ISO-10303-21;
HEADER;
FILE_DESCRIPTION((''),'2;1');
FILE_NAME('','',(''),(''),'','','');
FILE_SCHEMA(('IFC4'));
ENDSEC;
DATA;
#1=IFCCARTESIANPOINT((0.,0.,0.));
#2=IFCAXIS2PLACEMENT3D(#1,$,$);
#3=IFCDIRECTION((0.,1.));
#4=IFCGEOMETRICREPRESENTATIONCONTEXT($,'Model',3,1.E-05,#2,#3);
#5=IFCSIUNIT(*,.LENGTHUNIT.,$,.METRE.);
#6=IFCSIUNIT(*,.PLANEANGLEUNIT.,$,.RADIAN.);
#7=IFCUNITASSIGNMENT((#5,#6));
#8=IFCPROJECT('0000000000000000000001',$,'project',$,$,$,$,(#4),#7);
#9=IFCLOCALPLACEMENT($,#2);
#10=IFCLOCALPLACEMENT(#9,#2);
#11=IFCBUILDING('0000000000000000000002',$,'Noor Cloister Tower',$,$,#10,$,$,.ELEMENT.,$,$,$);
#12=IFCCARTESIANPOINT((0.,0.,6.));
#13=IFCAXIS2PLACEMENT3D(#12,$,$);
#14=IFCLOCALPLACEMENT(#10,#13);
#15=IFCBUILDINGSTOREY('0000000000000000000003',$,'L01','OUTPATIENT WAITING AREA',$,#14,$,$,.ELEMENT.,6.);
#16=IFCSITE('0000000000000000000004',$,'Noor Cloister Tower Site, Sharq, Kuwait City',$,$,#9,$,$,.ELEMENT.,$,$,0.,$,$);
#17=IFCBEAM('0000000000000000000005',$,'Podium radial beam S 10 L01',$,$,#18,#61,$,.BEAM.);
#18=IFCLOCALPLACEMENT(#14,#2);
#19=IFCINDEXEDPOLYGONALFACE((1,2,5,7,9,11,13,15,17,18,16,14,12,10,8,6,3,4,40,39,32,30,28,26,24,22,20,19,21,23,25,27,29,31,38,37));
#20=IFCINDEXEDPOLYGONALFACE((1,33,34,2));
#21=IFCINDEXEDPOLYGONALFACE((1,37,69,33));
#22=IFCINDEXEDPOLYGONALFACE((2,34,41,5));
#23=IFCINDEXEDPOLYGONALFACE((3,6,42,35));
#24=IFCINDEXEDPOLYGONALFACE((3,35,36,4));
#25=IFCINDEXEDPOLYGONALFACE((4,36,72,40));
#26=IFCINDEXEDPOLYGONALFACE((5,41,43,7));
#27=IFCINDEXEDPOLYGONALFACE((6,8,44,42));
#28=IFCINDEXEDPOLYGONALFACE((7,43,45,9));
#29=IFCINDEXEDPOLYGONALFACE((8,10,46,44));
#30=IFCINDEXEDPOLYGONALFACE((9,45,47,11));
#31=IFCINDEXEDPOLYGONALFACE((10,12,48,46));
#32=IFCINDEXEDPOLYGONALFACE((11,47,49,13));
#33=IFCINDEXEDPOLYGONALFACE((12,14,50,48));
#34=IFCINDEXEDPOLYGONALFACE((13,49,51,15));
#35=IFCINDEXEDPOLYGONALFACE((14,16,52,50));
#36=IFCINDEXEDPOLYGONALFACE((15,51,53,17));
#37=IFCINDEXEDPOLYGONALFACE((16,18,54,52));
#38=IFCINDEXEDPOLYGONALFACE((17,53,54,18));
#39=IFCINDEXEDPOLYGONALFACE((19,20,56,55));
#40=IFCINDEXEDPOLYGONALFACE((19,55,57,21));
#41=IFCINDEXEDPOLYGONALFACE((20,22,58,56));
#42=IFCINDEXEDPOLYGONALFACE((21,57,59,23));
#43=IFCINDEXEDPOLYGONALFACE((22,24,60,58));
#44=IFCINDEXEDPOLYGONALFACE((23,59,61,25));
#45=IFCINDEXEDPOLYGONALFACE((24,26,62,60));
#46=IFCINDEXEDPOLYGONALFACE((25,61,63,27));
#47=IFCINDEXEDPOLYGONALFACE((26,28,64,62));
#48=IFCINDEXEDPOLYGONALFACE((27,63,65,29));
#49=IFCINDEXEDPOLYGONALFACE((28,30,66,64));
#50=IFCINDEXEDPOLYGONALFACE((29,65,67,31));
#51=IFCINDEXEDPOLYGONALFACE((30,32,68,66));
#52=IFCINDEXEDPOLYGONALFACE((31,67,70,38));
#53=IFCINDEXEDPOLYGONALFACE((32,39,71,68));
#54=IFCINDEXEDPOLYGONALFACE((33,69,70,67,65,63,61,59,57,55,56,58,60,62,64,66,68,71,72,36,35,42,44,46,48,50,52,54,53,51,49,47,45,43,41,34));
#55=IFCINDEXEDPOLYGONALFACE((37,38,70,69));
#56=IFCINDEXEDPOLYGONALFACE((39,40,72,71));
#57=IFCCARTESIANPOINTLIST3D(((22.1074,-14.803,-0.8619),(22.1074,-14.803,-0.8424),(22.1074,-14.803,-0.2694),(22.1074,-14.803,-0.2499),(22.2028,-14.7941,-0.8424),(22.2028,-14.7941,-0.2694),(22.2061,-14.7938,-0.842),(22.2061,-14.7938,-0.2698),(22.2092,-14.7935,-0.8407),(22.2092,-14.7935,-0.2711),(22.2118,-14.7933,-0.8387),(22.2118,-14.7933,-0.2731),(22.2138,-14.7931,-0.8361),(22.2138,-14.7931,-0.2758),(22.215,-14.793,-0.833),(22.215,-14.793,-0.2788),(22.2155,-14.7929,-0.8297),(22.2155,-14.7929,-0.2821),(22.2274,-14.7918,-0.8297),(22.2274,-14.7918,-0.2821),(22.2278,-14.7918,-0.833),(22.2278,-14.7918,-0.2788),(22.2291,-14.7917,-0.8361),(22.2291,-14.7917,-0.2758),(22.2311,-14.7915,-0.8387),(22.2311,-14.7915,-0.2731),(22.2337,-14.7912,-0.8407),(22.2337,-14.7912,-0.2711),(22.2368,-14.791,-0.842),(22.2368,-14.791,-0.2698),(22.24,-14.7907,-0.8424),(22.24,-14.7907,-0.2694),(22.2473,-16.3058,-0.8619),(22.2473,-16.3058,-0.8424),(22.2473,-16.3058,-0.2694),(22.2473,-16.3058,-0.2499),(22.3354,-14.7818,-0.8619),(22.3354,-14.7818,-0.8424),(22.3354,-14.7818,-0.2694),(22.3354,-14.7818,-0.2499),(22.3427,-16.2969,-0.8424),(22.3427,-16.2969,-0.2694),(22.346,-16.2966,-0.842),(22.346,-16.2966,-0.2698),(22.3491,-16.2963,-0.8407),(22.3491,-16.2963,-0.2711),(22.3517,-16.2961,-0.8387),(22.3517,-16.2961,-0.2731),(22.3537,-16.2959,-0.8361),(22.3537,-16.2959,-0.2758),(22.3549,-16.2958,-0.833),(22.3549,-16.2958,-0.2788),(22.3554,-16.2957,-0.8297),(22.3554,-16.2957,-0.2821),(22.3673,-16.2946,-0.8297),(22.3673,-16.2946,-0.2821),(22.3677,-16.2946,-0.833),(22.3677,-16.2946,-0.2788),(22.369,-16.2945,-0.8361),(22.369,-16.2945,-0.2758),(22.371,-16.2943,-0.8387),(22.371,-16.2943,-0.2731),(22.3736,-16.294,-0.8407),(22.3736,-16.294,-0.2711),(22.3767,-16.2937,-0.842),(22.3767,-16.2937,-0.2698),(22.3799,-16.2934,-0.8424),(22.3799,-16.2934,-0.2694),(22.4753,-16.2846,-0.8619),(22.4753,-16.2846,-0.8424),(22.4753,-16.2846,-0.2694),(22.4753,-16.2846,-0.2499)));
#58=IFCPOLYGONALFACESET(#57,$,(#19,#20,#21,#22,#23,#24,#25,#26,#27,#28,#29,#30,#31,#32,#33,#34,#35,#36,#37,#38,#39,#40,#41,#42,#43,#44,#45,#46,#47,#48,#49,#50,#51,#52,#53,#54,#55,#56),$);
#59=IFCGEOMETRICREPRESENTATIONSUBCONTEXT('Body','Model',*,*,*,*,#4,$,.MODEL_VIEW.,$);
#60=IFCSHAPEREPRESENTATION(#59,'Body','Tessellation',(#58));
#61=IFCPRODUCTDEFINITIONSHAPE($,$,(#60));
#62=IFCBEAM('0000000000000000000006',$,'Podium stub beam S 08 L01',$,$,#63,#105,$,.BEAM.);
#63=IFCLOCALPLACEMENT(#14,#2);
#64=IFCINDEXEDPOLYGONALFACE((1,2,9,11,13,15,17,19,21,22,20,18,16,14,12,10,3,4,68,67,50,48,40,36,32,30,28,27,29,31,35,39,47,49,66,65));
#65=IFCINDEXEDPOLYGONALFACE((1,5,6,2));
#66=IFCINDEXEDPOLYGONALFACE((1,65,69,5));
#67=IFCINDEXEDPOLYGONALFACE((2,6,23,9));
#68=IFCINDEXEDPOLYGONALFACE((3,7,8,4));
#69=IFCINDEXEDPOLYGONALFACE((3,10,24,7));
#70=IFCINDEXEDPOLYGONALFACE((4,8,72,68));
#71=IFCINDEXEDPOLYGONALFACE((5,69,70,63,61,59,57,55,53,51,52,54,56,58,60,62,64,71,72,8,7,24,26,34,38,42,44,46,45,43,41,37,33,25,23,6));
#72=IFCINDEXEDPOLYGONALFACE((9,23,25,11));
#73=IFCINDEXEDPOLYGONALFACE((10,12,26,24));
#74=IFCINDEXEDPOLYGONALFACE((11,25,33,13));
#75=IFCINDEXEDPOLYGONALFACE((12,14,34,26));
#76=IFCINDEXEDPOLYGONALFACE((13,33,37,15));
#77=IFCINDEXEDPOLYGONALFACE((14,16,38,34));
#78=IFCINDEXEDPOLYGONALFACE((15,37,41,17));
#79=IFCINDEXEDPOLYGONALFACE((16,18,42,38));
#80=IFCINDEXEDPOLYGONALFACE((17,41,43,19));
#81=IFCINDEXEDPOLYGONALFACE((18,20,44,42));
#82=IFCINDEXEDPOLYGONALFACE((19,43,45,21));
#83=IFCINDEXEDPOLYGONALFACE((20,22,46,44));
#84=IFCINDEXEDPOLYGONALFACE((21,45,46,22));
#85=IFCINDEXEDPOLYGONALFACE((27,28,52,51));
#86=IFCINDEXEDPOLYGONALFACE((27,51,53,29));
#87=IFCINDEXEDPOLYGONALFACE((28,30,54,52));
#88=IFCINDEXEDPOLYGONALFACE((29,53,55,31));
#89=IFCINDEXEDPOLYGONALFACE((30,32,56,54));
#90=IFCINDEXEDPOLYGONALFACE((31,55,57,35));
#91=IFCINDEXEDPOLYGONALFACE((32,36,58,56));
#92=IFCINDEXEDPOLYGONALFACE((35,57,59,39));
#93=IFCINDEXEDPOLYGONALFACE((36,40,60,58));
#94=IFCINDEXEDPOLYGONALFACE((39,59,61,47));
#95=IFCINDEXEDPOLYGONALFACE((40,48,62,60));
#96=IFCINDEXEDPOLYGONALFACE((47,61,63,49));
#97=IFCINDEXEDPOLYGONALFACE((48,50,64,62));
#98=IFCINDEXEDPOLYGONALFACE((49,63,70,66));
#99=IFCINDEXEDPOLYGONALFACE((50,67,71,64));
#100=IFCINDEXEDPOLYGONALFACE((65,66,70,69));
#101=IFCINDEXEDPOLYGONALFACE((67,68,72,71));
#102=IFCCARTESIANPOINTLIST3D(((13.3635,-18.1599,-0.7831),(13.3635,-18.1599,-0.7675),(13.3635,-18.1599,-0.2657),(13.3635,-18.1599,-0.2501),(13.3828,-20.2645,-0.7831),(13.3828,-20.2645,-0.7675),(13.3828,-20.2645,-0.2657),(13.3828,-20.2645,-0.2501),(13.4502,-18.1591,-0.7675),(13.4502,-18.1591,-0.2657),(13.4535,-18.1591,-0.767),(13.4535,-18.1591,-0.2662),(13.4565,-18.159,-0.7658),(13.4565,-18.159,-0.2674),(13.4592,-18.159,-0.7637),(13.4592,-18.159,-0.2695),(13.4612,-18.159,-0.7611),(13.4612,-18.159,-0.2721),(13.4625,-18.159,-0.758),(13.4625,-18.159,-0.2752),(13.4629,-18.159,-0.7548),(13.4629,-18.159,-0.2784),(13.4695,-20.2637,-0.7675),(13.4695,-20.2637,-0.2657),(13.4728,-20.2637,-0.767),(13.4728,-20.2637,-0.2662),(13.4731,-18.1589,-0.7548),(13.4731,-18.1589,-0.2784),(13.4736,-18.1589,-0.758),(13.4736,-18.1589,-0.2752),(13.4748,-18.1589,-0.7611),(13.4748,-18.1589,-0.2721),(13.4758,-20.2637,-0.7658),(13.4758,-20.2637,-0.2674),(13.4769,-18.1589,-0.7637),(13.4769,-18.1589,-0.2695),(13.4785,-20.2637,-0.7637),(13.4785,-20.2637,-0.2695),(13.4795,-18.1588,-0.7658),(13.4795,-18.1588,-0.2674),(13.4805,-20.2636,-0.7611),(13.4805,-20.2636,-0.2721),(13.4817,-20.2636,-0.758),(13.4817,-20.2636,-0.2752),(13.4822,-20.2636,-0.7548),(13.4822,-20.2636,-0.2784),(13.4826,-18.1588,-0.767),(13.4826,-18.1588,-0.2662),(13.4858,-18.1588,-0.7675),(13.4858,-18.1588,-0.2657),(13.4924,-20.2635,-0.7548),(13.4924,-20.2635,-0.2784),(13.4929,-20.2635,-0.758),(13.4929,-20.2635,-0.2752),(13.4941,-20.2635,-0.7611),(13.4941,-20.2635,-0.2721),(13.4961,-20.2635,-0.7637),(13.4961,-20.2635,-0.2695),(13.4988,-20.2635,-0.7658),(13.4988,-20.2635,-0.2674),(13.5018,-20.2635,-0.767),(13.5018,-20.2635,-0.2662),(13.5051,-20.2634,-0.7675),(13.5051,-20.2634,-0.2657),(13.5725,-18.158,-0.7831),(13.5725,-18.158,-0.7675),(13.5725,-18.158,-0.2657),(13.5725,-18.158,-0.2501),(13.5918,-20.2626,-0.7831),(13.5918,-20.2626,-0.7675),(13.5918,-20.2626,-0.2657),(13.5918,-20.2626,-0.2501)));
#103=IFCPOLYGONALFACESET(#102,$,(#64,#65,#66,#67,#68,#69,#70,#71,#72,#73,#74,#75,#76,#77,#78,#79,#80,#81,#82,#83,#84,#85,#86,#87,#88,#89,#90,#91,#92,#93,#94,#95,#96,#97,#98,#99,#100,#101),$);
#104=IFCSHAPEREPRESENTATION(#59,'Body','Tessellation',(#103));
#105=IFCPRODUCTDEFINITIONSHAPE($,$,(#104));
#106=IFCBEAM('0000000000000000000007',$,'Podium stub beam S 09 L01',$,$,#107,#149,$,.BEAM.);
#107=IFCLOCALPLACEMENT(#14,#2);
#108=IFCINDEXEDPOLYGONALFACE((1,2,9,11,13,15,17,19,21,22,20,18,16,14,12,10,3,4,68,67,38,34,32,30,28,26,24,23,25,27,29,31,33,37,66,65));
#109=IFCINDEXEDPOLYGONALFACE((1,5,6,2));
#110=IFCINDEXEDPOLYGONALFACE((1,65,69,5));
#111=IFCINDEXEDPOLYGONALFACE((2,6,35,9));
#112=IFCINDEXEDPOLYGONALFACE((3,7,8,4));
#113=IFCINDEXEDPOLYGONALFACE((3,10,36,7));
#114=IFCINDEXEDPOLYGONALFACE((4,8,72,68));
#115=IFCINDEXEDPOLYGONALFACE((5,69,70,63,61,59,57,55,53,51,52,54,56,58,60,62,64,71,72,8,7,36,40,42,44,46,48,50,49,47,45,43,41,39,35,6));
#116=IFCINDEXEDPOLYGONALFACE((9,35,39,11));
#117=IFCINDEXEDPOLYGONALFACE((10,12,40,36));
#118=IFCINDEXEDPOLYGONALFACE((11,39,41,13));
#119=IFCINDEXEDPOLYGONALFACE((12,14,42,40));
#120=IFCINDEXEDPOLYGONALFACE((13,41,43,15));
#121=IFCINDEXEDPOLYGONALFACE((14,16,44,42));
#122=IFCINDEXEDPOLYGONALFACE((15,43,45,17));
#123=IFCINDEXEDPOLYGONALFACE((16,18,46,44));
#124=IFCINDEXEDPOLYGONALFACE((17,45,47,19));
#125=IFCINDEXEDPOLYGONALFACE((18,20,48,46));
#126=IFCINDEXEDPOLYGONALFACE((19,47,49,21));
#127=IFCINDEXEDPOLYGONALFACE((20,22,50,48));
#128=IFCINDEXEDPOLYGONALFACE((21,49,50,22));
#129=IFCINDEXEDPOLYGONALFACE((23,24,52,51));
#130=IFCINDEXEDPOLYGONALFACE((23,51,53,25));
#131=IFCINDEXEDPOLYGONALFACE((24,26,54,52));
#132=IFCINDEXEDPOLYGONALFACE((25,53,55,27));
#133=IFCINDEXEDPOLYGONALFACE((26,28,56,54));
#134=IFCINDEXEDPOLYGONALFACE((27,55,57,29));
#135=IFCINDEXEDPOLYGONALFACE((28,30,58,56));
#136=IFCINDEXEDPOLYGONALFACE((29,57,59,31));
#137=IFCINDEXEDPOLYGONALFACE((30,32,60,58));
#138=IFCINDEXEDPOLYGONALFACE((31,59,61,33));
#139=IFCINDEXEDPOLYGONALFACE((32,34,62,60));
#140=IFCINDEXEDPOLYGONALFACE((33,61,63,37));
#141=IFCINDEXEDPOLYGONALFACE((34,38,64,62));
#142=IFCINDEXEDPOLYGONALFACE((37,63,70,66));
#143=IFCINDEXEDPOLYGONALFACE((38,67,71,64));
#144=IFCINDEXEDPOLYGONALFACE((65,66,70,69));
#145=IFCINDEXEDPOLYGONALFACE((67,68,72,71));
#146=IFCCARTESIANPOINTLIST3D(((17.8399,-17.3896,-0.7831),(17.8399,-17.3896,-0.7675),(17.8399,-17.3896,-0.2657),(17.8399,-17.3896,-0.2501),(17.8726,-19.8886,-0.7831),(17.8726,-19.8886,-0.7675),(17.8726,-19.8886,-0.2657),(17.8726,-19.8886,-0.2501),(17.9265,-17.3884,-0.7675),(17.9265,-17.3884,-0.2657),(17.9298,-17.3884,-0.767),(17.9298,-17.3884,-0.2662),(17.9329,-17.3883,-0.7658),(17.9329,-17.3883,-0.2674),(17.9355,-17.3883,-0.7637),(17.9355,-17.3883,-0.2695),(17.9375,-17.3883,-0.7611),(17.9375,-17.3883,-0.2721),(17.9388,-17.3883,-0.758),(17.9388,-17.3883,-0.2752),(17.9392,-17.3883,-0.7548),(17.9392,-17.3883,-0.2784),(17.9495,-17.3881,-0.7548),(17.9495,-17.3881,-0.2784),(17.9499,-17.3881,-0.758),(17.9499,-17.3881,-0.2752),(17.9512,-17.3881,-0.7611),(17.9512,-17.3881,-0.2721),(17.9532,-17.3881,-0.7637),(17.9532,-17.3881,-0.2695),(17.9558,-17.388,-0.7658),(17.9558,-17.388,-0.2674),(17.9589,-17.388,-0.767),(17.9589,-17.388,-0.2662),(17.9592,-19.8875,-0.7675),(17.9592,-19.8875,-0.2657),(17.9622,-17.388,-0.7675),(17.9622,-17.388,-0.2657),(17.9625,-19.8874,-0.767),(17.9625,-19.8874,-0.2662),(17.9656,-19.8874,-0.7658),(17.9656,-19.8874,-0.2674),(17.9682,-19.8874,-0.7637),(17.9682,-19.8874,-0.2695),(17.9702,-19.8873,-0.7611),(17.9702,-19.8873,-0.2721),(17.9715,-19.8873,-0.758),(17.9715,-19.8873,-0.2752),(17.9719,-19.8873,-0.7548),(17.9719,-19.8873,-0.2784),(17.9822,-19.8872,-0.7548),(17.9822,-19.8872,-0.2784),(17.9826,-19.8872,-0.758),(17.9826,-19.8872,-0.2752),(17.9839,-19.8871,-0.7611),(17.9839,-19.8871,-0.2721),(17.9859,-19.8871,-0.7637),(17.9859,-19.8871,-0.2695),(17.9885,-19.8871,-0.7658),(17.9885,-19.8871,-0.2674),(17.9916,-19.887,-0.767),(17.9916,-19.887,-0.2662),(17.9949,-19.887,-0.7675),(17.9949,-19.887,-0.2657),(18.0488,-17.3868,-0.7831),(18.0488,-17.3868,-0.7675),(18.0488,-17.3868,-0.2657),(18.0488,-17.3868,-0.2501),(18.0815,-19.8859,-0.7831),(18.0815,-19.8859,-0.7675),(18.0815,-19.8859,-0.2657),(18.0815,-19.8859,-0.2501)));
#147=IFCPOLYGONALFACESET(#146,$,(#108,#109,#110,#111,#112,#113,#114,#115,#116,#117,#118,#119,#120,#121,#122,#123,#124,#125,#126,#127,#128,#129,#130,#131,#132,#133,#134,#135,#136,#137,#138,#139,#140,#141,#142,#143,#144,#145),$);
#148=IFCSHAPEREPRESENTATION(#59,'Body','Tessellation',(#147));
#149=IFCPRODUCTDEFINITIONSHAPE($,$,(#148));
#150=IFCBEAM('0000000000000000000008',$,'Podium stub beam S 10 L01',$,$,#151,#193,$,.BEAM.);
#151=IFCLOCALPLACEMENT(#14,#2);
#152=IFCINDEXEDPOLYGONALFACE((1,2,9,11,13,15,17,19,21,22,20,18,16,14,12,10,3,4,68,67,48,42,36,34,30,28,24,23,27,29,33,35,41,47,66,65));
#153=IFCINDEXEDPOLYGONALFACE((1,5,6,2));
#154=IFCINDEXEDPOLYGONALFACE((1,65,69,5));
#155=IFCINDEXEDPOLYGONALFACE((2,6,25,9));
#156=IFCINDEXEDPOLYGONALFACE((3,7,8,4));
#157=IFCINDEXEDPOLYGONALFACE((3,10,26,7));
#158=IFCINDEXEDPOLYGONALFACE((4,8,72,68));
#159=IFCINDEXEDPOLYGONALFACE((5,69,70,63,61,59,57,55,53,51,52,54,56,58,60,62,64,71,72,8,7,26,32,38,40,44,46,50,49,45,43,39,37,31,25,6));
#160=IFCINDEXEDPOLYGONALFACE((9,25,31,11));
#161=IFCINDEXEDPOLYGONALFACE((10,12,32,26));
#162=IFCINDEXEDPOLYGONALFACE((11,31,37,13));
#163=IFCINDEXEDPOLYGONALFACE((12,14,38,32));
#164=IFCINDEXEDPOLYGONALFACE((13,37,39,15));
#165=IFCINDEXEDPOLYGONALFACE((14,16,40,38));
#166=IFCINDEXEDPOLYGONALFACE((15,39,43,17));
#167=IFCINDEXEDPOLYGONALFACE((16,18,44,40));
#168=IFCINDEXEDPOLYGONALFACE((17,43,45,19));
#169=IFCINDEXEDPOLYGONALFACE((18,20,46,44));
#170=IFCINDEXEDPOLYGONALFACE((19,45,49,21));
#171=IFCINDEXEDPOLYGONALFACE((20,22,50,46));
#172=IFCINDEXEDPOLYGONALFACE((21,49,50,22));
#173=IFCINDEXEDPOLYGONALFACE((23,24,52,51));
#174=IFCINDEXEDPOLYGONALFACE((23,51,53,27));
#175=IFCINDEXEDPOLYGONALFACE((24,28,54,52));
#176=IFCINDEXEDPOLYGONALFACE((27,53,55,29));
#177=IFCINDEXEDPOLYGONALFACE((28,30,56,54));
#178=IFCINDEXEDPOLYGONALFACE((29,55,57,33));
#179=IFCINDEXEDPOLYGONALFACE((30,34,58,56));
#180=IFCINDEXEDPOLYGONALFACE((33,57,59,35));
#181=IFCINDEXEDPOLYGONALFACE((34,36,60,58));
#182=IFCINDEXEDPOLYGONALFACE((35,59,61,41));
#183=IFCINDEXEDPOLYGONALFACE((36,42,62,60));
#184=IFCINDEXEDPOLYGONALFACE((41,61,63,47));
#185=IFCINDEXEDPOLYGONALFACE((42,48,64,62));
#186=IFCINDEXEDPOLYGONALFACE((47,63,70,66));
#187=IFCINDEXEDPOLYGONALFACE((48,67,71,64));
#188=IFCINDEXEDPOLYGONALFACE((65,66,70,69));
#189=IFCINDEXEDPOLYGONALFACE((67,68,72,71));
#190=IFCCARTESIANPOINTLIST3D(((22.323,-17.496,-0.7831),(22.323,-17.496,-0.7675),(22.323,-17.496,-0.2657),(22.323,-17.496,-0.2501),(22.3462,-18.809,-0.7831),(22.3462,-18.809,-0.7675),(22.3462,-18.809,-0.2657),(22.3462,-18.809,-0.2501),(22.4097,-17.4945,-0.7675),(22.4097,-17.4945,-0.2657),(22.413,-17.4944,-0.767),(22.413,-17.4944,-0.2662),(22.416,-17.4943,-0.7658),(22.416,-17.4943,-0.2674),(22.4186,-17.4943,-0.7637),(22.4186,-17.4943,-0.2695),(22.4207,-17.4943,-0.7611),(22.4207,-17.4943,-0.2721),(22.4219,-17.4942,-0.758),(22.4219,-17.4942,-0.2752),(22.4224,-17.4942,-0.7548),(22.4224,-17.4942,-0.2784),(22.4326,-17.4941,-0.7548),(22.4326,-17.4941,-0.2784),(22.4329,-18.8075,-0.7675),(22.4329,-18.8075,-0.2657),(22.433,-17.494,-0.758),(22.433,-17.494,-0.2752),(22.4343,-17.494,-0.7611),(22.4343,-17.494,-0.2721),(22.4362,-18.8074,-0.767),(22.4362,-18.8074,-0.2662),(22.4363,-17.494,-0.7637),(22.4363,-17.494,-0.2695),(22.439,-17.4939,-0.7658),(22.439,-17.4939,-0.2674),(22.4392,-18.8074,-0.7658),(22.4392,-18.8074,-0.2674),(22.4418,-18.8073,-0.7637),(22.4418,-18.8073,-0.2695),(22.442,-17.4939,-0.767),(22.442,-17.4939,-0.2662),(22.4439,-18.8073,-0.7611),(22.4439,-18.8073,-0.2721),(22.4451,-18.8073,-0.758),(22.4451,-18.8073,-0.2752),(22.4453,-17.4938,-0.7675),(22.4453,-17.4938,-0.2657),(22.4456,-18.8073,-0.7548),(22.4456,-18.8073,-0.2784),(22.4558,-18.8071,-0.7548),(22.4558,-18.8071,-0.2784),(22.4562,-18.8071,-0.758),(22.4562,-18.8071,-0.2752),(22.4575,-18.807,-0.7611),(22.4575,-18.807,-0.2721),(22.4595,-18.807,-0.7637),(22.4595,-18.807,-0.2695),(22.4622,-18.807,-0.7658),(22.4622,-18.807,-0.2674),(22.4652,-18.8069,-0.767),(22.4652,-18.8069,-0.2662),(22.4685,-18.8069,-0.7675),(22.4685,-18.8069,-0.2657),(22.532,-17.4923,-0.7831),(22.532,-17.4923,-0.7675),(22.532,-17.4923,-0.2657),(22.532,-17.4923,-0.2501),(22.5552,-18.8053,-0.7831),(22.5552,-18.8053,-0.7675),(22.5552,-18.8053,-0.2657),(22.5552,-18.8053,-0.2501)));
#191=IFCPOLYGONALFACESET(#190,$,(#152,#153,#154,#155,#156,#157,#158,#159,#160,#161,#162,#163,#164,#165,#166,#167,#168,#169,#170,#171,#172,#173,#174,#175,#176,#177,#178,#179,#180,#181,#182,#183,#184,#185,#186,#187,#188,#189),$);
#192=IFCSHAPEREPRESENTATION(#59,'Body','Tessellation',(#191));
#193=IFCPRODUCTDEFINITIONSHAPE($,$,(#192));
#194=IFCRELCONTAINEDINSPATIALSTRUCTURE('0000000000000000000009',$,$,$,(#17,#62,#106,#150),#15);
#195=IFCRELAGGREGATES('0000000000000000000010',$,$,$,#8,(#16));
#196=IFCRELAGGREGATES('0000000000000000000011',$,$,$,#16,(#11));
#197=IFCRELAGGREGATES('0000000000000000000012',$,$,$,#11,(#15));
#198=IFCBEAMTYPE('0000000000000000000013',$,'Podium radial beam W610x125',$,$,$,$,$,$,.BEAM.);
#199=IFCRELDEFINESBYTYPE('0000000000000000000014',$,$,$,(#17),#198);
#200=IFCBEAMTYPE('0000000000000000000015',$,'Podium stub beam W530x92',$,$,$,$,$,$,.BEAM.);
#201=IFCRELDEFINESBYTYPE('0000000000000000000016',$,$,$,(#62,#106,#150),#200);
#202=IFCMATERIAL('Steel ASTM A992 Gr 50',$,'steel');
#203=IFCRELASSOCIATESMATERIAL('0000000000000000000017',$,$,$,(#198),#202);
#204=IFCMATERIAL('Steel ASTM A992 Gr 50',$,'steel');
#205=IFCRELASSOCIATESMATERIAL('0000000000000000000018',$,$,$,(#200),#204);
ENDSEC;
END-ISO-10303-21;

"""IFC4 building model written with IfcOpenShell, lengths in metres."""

from ifc_helpers import new_model, si_unit, direction, frame, origin, origin_2d, place, context, subcontext, project, spatial, i_section, extrude, material, material_profile, profile_set, type_object, element, save


model = new_model("IFC4")

# Units and contexts
model_context = context("Model", 3, precision=1e-05, world=origin(), true_north=direction((0.0, 1.0)))
body_context = subcontext(model_context, "Body", "Model", "MODEL_VIEW")
ifc_project = project(units=[si_unit("LENGTHUNIT", "METRE"), si_unit("PLANEANGLEUNIT", "RADIAN")], contexts=[model_context])

# Site, building, storey
site_placement = place(None, origin())
site = spatial("IfcSite", under=ifc_project, at=site_placement, Name="Noor Cloister Tower Site, Sharq, Kuwait City", CompositionType="ELEMENT", RefElevation=0.0)
building_placement = place(site_placement, origin())
building = spatial("IfcBuilding", under=site, at=building_placement, Name="Noor Cloister Tower", CompositionType="ELEMENT")
storey_placement = place(building_placement, frame((0.0, 0.0, 6.0)))
storey = spatial("IfcBuildingStorey", under=building, at=storey_placement, Name="L01", Description="OUTPATIENT WAITING AREA", CompositionType="ELEMENT", Elevation=6.0)

# Beams
ifc_material_1 = material(Name="Steel ASTM A992 Gr 50", Category="steel")
ifc_material_profile_1 = material_profile(ifc_material_1, i_section(OverallWidth=0.229, OverallDepth=0.6121, WebThickness=0.012, FlangeThickness=0.0195, FilletRadius=0.0127, at=origin_2d()), Name="W610x125")
ifc_profile_set_1 = profile_set([ifc_material_profile_1], Name="Steel ASTM A992 Gr 50")
beam_type_1 = type_object("IfcBeamType", Name="Podium radial beam W610x125", PredefinedType="BEAM", material=ifc_profile_set_1)
beam_1_placement = place(storey_placement, frame((22.3613, -16.2952, -0.5559), z_axis=(-0.092694, 0.995695, 0.0), x_axis=(-0.995695, -0.092694, 0.0)))
element("IfcBeam", 1, at=beam_1_placement, inside=storey, type_object=beam_type_1, Name="Podium radial beam S 10 L01", PredefinedType="BEAM", context=body_context, shape_type="SweptSolid", body=[
    extrude(i_section(OverallWidth=0.229, OverallDepth=0.6121, WebThickness=0.012, FlangeThickness=0.0195, FilletRadius=0.0127, at=origin_2d()), origin(), (0.0, 0.0, 1.0), 1.5093),
])
ifc_material_2 = material(Name="Steel ASTM A992 Gr 50", Category="steel")
ifc_material_profile_2 = material_profile(ifc_material_2, i_section(OverallWidth=0.209, OverallDepth=0.533, WebThickness=0.0103, FlangeThickness=0.0156, FilletRadius=0.0127, at=origin_2d()), Name="W530x92")
ifc_profile_set_2 = profile_set([ifc_material_profile_2], Name="Steel ASTM A992 Gr 50")
beam_type_2 = type_object("IfcBeamType", Name="Podium stub beam W530x92", PredefinedType="BEAM", material=ifc_profile_set_2)
beam_2_placement = place(storey_placement, frame((13.468, -18.1589, -0.5166), z_axis=(0.009163, -0.999958, 0.0), x_axis=(0.999958, 0.009163, 0.0)))
element("IfcBeam", 2, at=beam_2_placement, inside=storey, type_object=beam_type_2, Name="Podium stub beam S 08 L01", PredefinedType="BEAM", context=body_context, shape_type="SweptSolid", body=[
    extrude(i_section(OverallWidth=0.209, OverallDepth=0.533, WebThickness=0.0103, FlangeThickness=0.0156, FilletRadius=0.0127, at=origin_2d()), origin(), (0.0, 0.0, 1.0), 2.1047),
])
beam_3_placement = place(storey_placement, frame((17.9443, -17.3882, -0.5166), z_axis=(0.01309, -0.999914, 0.0), x_axis=(0.999914, 0.01309, 0.0)))
element("IfcBeam", 3, at=beam_3_placement, inside=storey, type_object=beam_type_2, Name="Podium stub beam S 09 L01", PredefinedType="BEAM", context=body_context, shape_type="SweptSolid", body=[
    extrude(i_section(OverallWidth=0.209, OverallDepth=0.533, WebThickness=0.0103, FlangeThickness=0.0156, FilletRadius=0.0127, at=origin_2d()), origin(), (0.0, 0.0, 1.0), 2.4993),
])
beam_4_placement = place(storey_placement, frame((22.4275, -17.4941, -0.5166), z_axis=(0.017662, -0.999844, 0.0), x_axis=(0.999844, 0.017662, 0.0)))
element("IfcBeam", 4, at=beam_4_placement, inside=storey, type_object=beam_type_2, Name="Podium stub beam S 10 L01", PredefinedType="BEAM", context=body_context, shape_type="SweptSolid", body=[
    extrude(i_section(OverallWidth=0.209, OverallDepth=0.533, WebThickness=0.0103, FlangeThickness=0.0156, FilletRadius=0.0127, at=origin_2d()), origin(), (0.0, 0.0, 1.0), 1.3132),
])

save(model, "model.ifc")
